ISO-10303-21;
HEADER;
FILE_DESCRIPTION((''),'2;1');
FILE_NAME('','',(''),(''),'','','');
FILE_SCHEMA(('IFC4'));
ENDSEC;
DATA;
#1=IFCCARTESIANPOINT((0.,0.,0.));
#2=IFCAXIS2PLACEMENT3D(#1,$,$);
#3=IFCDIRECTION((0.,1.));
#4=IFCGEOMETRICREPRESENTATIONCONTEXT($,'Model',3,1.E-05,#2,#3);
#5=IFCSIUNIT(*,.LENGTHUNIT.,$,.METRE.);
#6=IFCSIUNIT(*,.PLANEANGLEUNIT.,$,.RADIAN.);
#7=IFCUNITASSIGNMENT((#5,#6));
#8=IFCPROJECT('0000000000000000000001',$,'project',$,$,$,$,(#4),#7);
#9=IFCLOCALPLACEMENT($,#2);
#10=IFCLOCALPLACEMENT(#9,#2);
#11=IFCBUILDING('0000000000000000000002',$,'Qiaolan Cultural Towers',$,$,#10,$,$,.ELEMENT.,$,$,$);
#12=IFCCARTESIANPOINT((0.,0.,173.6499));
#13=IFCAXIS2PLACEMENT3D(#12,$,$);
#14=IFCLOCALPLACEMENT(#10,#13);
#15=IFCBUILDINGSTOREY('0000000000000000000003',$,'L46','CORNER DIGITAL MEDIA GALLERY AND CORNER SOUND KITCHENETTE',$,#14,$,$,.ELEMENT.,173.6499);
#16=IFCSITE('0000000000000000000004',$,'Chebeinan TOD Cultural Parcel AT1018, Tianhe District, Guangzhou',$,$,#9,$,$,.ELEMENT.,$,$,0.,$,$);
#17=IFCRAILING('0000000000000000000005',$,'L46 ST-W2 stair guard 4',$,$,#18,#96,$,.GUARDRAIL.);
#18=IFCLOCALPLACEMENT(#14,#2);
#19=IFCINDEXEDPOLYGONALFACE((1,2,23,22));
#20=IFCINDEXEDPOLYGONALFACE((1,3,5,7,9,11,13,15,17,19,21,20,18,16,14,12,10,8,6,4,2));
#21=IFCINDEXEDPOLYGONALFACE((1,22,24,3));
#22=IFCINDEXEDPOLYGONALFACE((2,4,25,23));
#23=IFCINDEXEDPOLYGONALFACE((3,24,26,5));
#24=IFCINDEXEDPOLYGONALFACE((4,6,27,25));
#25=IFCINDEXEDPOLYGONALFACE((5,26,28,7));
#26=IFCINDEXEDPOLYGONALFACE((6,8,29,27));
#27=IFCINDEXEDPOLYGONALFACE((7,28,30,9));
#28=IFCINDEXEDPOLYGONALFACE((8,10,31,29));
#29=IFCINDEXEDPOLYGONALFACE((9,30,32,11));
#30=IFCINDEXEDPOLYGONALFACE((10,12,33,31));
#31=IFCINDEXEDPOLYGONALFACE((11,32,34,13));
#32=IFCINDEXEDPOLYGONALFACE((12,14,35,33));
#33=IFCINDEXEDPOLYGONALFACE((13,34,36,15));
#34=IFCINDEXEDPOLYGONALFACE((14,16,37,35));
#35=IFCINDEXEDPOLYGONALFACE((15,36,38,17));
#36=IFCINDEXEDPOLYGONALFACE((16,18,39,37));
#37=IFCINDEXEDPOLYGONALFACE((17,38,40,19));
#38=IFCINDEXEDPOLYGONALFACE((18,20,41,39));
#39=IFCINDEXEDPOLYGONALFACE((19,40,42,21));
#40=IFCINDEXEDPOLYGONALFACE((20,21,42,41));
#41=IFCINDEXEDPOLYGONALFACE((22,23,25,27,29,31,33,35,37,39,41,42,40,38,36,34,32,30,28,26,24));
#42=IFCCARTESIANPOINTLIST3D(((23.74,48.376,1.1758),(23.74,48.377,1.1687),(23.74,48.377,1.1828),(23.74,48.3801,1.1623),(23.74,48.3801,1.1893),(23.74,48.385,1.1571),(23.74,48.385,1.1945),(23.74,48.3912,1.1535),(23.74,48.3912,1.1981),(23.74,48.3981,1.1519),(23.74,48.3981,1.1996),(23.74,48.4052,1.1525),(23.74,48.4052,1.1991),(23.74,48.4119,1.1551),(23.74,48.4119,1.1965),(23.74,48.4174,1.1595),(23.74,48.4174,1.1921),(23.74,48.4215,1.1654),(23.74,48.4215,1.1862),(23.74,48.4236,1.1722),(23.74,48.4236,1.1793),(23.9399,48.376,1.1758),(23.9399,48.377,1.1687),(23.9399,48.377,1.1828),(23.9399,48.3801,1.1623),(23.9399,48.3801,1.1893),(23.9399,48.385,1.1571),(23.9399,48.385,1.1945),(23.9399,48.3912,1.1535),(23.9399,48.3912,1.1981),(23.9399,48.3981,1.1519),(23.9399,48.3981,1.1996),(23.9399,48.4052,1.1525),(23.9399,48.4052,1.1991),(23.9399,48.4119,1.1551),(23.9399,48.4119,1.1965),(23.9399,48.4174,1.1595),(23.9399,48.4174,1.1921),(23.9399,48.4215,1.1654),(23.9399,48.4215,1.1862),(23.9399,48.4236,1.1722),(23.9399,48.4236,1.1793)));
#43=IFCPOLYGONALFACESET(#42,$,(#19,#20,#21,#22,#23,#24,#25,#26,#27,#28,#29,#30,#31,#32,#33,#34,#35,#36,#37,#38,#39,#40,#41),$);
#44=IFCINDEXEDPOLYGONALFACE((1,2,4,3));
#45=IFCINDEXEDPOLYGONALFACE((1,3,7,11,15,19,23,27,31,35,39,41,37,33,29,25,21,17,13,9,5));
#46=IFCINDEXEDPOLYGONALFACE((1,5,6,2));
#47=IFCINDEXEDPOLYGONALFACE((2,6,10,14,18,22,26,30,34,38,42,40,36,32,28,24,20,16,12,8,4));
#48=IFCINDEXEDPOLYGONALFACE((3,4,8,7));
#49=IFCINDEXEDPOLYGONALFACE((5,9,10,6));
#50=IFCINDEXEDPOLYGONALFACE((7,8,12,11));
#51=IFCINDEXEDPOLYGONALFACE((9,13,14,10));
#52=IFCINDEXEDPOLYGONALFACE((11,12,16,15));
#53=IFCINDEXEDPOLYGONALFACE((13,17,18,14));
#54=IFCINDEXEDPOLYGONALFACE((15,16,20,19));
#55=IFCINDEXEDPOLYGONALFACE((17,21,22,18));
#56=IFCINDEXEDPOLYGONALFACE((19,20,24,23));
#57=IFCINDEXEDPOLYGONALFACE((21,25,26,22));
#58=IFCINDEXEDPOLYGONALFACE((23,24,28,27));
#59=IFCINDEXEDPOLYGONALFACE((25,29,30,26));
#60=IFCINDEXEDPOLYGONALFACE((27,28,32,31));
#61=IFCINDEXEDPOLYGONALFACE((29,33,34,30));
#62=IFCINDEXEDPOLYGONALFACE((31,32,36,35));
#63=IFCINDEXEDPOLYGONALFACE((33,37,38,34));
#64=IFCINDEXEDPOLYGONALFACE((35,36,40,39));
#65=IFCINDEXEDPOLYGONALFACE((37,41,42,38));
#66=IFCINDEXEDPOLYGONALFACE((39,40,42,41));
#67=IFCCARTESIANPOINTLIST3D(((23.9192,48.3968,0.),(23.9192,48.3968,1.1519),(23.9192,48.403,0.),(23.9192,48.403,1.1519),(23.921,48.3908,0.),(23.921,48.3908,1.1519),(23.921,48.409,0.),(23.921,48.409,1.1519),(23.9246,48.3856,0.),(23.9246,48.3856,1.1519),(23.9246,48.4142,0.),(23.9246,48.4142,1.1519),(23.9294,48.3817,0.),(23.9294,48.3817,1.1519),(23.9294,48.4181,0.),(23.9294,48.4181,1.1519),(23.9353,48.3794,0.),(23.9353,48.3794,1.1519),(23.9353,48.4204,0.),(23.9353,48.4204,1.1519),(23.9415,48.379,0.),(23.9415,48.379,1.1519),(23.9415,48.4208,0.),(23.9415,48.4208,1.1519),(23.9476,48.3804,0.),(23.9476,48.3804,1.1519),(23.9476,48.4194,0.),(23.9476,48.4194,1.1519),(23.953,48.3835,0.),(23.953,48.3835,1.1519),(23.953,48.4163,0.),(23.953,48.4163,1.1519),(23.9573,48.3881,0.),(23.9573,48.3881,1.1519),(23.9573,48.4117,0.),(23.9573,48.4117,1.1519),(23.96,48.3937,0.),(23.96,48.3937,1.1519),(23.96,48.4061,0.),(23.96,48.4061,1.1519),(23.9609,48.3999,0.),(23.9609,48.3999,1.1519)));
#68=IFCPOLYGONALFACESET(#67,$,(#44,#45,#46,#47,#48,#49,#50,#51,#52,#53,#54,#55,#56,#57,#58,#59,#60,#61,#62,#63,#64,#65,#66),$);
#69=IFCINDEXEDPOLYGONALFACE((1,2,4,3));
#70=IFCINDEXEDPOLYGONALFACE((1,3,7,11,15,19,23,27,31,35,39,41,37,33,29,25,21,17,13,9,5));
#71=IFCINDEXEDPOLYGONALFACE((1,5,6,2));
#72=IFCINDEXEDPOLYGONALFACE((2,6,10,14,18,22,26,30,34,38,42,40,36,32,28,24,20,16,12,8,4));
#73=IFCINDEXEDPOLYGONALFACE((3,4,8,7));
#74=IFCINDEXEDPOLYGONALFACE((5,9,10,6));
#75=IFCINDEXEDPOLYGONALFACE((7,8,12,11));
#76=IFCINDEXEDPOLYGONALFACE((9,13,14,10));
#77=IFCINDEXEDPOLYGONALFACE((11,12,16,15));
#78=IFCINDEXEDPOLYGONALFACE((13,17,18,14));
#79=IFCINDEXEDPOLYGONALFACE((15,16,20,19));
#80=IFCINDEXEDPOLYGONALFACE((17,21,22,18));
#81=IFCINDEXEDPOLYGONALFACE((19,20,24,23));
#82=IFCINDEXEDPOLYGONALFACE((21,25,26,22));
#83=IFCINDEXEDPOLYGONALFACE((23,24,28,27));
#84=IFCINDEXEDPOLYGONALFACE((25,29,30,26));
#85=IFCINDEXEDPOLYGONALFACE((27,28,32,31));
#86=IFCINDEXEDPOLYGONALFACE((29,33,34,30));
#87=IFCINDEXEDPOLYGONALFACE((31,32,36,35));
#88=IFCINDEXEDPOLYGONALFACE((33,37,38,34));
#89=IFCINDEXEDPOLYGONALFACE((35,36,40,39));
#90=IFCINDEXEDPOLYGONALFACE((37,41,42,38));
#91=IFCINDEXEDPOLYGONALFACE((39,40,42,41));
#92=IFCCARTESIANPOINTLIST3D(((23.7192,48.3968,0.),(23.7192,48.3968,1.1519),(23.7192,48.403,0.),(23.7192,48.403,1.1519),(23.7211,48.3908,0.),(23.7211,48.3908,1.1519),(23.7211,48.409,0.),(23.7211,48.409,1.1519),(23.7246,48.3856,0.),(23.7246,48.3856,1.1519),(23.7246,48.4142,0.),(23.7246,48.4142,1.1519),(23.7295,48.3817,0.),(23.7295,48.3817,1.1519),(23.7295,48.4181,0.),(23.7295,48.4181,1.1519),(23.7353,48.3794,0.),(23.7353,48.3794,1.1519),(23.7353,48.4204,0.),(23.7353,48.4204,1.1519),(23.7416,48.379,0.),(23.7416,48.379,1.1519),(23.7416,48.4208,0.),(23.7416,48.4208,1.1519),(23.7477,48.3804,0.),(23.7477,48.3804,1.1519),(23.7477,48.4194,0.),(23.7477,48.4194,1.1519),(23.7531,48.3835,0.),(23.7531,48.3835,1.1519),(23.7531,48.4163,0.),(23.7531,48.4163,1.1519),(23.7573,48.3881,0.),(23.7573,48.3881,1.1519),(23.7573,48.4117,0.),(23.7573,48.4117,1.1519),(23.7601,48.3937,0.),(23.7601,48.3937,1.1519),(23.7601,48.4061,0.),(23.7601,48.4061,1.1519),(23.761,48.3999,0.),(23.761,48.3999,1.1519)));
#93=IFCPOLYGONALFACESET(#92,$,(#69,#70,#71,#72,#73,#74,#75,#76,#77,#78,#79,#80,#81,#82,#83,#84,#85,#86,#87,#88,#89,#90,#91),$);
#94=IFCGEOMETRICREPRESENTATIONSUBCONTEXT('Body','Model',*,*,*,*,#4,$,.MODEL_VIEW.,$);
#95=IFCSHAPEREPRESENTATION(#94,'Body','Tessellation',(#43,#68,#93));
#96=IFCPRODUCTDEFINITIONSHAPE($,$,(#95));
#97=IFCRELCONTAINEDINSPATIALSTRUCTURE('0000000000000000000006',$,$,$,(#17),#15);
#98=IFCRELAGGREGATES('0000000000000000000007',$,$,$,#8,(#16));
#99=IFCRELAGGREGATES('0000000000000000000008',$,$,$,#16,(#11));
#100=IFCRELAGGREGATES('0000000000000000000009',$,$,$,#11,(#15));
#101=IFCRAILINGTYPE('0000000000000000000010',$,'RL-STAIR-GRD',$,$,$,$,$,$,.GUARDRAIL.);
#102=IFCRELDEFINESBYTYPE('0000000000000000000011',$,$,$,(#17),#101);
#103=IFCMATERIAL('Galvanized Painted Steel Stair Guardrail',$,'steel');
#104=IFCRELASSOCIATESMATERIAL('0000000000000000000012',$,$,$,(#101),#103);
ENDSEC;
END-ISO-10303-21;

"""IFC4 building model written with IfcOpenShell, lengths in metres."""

from ifc_helpers import new_model, si_unit, direction, frame, origin, origin_2d, place, context, subcontext, project, spatial, circle, extrude, material, type_object, element, save


model = new_model("IFC4")

# Units and contexts
model_context = context("Model", 3, precision=1e-05, world=origin(), true_north=direction((0.0, 1.0)))
body_context = subcontext(model_context, "Body", "Model", "MODEL_VIEW")
ifc_project = project(units=[si_unit("LENGTHUNIT", "METRE"), si_unit("PLANEANGLEUNIT", "RADIAN")], contexts=[model_context])

# Site, building, storey
site_placement = place(None, origin())
site = spatial("IfcSite", under=ifc_project, at=site_placement, Name="Chebeinan TOD Cultural Parcel AT1018, Tianhe District, Guangzhou", CompositionType="ELEMENT", RefElevation=0.0)
building_placement = place(site_placement, origin())
building = spatial("IfcBuilding", under=site, at=building_placement, Name="Qiaolan Cultural Towers", CompositionType="ELEMENT")
storey_placement = place(building_placement, frame((0.0, 0.0, 173.6499)))
storey = spatial("IfcBuildingStorey", under=building, at=storey_placement, Name="L46", Description="CORNER DIGITAL MEDIA GALLERY AND CORNER SOUND KITCHENETTE", CompositionType="ELEMENT", Elevation=173.6499)

# Railing
ifc_material_1 = material(Name="Galvanized Painted Steel Stair Guardrail", Category="steel")
railing_type_1 = type_object("IfcRailingType", Name="RL-STAIR-GRD", PredefinedType="GUARDRAIL", material=ifc_material_1)
railing_1_placement = place(storey_placement, frame((23.9399, 48.3999, 0.0)))
element("IfcRailing", 1, at=railing_1_placement, inside=storey, type_object=railing_type_1, Name="L46 ST-W2 stair guard 4", PredefinedType="GUARDRAIL", context=body_context, shape_type="SweptSolid", body=[
    extrude(circle(Radius=0.0239, at=origin_2d()), frame((0.0, 0.0, 1.1758), z_axis=(-1.0, 0.0, 0.0), x_axis=(0.0, -1.0, 0.0)), (0.0, 0.0, 1.0), 0.2),
    extrude(circle(Radius=0.021, at=origin_2d()), origin(), (0.0, 0.0, 1.0), 1.1519),
    extrude(circle(Radius=0.021, at=origin_2d()), frame((-0.2, 0.0, 0.0)), (0.0, 0.0, 1.0), 1.1519),
])

save(model, "model.ifc")
